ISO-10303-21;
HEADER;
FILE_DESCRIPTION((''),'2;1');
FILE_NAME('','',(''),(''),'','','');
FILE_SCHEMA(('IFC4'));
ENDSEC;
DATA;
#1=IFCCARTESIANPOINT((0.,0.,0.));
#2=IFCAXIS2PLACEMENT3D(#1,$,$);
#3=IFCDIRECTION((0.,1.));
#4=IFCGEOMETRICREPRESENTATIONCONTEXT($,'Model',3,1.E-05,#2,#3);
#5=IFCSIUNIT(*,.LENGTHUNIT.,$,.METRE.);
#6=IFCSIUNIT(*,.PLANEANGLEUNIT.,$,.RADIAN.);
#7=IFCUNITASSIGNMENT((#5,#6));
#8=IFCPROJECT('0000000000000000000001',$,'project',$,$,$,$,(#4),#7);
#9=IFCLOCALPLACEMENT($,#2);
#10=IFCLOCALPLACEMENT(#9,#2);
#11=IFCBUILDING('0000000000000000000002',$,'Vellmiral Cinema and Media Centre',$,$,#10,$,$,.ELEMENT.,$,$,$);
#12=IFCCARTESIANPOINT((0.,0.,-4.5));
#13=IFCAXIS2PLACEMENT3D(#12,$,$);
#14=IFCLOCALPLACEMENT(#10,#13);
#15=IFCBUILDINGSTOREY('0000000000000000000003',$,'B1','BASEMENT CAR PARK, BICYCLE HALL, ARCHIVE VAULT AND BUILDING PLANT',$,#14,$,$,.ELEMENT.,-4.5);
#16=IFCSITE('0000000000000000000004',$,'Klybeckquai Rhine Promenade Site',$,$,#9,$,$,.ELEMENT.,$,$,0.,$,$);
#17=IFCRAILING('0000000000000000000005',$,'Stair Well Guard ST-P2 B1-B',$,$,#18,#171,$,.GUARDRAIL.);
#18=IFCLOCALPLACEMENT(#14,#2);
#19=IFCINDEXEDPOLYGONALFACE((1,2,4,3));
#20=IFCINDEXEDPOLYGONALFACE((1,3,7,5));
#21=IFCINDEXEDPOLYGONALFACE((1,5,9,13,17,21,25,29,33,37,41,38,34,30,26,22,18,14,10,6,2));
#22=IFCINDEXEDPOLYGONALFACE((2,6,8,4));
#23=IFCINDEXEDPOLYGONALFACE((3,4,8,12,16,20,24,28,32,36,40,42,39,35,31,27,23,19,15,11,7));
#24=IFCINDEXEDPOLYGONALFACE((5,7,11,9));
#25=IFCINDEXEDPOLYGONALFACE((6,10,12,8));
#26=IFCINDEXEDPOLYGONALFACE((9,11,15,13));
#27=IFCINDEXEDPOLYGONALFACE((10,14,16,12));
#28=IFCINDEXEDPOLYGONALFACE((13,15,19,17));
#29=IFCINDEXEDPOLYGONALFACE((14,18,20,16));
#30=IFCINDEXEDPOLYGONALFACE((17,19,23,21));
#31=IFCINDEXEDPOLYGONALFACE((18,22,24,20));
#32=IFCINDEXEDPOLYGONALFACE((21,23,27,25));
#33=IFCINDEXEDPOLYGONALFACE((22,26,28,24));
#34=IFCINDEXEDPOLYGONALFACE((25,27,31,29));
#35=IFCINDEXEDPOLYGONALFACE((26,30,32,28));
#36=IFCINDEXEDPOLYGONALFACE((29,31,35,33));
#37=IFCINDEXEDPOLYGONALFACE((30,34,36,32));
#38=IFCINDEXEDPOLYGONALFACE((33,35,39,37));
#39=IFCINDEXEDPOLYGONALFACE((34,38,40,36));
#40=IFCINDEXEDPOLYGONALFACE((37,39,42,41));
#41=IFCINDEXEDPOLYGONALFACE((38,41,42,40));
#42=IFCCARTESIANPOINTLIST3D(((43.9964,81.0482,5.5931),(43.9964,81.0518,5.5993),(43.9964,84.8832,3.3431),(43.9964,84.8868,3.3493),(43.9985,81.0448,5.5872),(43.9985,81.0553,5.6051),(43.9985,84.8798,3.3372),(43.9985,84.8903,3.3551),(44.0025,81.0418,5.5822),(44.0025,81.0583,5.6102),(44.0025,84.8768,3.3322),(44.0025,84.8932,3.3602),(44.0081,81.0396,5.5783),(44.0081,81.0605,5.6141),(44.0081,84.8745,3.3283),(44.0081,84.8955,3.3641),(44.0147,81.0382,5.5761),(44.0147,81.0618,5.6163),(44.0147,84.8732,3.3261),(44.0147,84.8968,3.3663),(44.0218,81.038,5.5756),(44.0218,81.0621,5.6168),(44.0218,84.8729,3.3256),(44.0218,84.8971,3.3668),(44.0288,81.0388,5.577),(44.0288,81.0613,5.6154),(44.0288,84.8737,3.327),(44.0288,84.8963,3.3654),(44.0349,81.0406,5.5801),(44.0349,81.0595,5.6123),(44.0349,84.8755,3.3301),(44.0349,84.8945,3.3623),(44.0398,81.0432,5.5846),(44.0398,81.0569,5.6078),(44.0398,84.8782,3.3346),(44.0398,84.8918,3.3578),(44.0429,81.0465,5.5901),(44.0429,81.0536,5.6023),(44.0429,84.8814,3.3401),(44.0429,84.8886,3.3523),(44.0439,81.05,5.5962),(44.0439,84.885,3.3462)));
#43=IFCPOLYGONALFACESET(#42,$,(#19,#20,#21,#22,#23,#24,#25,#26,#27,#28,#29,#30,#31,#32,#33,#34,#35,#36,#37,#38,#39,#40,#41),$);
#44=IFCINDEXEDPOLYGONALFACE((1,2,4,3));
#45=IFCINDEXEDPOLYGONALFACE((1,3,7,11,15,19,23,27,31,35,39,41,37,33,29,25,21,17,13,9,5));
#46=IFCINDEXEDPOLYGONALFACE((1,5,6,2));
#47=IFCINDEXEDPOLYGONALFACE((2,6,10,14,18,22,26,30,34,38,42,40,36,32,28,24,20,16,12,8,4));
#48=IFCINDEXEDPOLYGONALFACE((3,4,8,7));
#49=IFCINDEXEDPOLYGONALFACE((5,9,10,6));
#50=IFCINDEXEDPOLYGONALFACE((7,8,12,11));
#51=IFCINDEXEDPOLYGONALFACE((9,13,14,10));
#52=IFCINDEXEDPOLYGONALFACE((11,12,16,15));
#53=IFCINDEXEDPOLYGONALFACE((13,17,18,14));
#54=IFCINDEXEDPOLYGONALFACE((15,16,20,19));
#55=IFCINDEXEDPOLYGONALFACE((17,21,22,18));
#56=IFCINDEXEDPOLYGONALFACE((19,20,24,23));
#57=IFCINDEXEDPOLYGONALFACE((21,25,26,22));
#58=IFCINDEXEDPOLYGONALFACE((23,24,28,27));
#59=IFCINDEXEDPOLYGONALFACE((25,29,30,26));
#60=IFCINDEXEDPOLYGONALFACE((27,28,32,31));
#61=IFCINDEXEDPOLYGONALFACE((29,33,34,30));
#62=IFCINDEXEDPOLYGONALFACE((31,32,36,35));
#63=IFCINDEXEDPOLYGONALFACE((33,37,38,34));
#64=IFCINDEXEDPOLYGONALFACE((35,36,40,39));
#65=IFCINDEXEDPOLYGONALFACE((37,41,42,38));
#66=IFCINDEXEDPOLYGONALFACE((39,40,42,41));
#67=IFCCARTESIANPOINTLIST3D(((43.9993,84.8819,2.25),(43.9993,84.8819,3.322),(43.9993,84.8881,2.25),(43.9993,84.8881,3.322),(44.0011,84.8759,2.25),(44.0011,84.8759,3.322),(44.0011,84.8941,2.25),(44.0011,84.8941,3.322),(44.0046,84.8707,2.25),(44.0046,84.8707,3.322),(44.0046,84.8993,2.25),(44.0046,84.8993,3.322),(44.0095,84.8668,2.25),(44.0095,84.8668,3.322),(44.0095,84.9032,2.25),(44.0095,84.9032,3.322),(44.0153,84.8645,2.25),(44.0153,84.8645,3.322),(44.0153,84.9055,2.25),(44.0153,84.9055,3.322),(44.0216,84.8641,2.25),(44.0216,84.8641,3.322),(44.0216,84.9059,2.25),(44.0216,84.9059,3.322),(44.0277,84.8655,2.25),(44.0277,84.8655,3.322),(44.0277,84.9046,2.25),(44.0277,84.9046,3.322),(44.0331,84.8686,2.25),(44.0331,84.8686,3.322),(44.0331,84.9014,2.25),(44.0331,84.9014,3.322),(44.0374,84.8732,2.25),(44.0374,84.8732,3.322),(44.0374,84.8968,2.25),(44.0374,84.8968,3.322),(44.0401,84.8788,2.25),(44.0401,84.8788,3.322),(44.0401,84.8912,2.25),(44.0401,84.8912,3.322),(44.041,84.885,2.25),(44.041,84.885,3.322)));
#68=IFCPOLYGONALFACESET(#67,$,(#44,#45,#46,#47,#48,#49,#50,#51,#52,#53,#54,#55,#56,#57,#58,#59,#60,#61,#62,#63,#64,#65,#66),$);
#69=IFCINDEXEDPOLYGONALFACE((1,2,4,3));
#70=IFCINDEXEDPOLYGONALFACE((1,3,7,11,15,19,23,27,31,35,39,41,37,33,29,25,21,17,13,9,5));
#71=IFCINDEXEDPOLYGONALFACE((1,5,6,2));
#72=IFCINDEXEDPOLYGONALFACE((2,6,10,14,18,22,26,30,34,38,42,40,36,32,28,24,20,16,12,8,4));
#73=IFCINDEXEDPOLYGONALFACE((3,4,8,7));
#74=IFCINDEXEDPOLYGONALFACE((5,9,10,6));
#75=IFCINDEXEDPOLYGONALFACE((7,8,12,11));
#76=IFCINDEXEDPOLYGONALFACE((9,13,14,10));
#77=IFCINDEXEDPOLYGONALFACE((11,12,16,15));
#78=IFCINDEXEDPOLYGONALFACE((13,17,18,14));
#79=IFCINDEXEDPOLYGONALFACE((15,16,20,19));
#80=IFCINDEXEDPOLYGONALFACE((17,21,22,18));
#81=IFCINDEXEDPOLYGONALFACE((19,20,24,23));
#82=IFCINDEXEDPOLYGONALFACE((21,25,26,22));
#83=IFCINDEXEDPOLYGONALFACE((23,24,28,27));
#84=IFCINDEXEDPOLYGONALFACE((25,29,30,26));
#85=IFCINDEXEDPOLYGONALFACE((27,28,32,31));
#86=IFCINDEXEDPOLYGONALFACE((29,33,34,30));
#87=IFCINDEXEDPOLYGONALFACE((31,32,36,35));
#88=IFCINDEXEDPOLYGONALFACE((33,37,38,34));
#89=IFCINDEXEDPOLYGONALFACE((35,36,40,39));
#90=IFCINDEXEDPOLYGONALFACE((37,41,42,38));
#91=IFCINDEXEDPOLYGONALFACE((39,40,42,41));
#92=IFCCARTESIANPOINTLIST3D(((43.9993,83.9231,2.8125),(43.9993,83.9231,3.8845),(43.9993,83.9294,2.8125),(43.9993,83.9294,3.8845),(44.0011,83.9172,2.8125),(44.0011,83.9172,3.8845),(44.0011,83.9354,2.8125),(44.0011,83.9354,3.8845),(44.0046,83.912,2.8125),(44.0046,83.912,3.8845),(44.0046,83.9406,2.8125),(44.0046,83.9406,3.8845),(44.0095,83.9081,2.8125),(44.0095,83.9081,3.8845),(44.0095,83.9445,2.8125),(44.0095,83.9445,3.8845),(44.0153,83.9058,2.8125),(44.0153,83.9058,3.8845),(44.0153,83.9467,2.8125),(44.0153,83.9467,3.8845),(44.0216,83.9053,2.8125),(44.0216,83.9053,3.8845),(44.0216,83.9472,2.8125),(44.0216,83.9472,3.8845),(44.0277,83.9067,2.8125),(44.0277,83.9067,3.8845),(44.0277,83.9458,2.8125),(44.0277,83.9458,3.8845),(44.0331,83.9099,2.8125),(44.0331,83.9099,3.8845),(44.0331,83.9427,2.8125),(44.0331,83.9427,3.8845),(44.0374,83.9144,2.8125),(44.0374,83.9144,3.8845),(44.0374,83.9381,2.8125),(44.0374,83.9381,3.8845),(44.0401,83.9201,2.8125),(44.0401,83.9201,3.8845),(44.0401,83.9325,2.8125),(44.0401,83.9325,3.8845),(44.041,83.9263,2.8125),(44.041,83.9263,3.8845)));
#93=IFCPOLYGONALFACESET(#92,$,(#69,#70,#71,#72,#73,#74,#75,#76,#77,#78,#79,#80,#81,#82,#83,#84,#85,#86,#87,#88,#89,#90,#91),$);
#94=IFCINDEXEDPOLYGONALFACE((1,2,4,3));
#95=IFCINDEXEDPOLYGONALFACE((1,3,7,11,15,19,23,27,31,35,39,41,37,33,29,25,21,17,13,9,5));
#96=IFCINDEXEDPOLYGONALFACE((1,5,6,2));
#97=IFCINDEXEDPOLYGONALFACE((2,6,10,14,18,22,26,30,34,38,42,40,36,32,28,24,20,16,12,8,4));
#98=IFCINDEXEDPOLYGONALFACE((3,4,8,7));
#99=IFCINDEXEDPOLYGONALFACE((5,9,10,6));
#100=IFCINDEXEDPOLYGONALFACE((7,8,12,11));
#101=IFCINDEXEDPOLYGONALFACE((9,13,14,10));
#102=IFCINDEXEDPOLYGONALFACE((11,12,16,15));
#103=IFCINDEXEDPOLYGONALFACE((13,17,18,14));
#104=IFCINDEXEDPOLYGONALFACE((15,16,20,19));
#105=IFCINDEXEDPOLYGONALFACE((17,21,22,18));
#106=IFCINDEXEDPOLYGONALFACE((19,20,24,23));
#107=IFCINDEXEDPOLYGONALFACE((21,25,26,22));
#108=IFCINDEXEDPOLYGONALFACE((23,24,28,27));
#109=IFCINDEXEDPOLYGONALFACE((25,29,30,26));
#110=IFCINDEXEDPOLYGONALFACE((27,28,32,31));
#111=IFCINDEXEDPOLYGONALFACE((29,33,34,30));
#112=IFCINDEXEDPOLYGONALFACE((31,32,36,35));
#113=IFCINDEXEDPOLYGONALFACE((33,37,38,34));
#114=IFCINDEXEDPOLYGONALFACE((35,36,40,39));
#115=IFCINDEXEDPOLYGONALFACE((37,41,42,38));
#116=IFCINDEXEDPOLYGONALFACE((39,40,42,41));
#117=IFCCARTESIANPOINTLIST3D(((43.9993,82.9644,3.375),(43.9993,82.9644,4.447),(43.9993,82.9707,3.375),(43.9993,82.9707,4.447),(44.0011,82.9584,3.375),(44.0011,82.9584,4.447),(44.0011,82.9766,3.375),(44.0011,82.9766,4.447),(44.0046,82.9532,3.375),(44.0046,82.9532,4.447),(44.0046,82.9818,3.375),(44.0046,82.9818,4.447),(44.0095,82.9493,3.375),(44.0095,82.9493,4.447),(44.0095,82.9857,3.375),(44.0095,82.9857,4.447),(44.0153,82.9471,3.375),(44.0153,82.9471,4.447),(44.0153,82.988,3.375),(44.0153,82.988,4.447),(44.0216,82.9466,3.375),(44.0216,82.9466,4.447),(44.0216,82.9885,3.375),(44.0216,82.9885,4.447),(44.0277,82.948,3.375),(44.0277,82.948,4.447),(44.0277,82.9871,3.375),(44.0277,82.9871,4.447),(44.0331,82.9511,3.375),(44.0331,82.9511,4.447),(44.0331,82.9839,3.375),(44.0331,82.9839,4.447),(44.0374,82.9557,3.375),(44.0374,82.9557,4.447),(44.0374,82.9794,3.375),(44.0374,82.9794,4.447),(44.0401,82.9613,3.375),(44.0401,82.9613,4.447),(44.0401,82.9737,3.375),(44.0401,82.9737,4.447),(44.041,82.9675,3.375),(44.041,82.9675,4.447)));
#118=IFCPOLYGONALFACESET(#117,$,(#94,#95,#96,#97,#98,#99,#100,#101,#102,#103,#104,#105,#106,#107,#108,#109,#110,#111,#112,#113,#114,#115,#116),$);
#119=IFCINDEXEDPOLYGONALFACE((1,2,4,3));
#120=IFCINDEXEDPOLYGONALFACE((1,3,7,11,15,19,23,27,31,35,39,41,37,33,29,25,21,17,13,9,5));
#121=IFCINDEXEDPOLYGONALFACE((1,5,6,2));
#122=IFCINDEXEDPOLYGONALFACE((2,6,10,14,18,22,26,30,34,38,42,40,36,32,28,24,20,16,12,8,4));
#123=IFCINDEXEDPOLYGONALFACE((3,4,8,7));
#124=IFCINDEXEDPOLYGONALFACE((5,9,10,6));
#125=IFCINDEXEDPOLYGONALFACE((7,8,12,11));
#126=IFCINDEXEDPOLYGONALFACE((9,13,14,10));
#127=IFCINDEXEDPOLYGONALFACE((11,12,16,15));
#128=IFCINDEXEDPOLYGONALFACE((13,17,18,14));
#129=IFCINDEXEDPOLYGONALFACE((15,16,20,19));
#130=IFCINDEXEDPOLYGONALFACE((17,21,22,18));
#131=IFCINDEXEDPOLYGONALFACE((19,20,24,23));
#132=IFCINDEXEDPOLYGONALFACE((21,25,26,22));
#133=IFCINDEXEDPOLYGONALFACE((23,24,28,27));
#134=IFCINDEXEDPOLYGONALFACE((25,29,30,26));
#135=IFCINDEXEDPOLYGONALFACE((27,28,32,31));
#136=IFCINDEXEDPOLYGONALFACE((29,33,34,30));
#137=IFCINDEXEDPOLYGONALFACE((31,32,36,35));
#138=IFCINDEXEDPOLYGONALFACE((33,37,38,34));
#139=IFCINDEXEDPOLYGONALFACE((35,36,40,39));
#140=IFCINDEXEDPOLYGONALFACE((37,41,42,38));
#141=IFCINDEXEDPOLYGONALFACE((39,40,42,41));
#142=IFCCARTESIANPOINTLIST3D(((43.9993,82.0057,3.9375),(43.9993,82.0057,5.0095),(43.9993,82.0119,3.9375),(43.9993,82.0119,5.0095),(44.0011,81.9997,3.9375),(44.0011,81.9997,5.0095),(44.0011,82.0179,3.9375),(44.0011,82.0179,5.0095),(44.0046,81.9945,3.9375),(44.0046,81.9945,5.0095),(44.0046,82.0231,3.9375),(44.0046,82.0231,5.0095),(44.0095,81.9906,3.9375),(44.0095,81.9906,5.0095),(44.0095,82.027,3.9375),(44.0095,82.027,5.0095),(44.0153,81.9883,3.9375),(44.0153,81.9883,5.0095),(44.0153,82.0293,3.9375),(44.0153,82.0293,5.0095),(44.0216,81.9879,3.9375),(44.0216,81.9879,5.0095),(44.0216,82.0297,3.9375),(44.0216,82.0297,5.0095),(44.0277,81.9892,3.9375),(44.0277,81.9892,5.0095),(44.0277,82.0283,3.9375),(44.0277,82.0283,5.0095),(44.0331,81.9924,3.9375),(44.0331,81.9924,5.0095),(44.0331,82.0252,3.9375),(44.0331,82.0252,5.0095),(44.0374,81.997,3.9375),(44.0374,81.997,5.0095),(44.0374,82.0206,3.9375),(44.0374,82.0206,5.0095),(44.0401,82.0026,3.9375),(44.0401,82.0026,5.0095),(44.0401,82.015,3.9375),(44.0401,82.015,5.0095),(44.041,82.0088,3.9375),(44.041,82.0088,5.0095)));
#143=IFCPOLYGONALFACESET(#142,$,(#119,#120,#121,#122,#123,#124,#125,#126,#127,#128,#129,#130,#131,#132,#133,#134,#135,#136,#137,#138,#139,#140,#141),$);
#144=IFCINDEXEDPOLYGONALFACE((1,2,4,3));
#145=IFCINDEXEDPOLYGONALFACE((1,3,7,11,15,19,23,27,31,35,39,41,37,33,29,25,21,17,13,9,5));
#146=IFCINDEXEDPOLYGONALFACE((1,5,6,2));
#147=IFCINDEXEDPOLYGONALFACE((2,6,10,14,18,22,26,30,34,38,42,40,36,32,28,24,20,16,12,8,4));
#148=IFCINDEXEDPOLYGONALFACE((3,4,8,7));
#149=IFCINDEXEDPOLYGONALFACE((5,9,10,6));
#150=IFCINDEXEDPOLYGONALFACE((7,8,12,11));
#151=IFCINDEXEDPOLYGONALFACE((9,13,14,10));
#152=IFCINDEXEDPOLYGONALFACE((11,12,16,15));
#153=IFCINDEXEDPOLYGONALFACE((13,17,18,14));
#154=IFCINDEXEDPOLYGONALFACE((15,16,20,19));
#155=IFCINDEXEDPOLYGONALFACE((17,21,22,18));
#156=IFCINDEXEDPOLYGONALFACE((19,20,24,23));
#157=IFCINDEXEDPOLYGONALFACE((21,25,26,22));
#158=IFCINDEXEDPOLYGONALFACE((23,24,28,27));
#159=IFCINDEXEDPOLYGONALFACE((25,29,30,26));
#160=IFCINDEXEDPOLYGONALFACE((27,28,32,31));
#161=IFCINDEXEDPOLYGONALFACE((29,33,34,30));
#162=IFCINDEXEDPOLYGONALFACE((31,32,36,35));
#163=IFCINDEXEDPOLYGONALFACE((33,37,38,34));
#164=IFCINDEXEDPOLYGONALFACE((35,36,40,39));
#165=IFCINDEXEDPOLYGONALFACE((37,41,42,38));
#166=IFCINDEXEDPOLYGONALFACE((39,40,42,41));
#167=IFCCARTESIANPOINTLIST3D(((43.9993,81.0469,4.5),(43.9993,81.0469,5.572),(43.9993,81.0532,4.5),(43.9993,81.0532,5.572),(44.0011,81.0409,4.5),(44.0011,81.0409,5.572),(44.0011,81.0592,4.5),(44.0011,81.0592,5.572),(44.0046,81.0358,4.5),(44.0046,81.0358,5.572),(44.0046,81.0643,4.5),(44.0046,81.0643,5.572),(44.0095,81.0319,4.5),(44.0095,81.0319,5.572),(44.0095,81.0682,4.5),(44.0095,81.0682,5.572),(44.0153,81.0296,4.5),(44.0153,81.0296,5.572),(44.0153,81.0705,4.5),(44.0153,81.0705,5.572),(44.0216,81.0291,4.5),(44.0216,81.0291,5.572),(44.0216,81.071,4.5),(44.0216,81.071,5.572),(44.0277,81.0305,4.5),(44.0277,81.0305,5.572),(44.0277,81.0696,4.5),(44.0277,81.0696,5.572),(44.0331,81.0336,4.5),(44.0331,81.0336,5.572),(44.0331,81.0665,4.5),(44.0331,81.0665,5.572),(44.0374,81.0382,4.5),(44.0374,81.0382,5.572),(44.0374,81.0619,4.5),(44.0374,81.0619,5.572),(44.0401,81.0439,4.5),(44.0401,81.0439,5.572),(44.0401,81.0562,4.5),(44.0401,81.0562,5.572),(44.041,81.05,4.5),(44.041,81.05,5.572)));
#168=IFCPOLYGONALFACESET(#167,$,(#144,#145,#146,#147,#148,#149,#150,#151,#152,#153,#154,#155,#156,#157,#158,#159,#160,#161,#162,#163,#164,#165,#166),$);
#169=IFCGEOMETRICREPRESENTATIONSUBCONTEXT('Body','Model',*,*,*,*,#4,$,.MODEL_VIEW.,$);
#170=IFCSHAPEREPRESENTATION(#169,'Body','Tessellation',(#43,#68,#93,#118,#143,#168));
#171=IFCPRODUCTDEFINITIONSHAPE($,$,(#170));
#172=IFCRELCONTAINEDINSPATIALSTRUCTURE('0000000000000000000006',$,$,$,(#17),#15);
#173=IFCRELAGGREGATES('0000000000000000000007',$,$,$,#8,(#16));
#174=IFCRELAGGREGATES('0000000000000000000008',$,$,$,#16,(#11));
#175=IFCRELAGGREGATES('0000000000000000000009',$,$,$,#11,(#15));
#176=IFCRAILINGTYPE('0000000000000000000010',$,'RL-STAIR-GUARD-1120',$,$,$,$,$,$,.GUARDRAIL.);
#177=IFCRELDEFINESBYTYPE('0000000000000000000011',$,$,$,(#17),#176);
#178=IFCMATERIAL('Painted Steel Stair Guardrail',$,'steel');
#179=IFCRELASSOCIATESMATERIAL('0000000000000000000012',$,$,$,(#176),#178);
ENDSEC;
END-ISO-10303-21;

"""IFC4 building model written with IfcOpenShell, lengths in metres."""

from ifc_helpers import new_model, si_unit, direction, frame, origin, origin_2d, place, context, subcontext, project, spatial, circle, extrude, material, type_object, element, save


model = new_model("IFC4")

# Units and contexts
model_context = context("Model", 3, precision=1e-05, world=origin(), true_north=direction((0.0, 1.0)))
body_context = subcontext(model_context, "Body", "Model", "MODEL_VIEW")
ifc_project = project(units=[si_unit("LENGTHUNIT", "METRE"), si_unit("PLANEANGLEUNIT", "RADIAN")], contexts=[model_context])

# Site, building, storey
site_placement = place(None, origin())
site = spatial("IfcSite", under=ifc_project, at=site_placement, Name="Klybeckquai Rhine Promenade Site", CompositionType="ELEMENT", RefElevation=0.0)
building_placement = place(site_placement, origin())
building = spatial("IfcBuilding", under=site, at=building_placement, Name="Vellmiral Cinema and Media Centre", CompositionType="ELEMENT")
storey_placement = place(building_placement, frame((0.0, 0.0, -4.5)))
storey = spatial("IfcBuildingStorey", under=building, at=storey_placement, Name="B1", Description="BASEMENT CAR PARK, BICYCLE HALL, ARCHIVE VAULT AND BUILDING PLANT", CompositionType="ELEMENT", Elevation=-4.5)

# Railing
ifc_material_1 = material(Name="Painted Steel Stair Guardrail", Category="steel")
railing_type_1 = type_object("IfcRailingType", Name="RL-STAIR-GUARD-1120", PredefinedType="GUARDRAIL", material=ifc_material_1)
railing_1_placement = place(storey_placement, frame((44.02, 84.885, 2.25)))
element("IfcRailing", 1, at=railing_1_placement, inside=storey, type_object=railing_type_1, Name="Stair Well Guard ST-P2 B1-B", PredefinedType="GUARDRAIL", context=body_context, shape_type="SweptSolid", body=[
    extrude(circle(Radius=0.0239, at=origin_2d()), frame((0.0, 0.0, 1.0962), z_axis=(0.0, -0.86251, 0.506041), x_axis=(1.0, 0.0, 0.0)), (0.0, 0.0, 1.0), 4.4463),
    extrude(circle(Radius=0.021, at=origin_2d()), origin(), (0.0, 0.0, 1.0), 1.072),
    extrude(circle(Radius=0.021, at=origin_2d()), frame((0.0, -0.9587, 0.5625)), (0.0, 0.0, 1.0), 1.072),
    extrude(circle(Radius=0.021, at=origin_2d()), frame((0.0, -1.9175, 1.125)), (0.0, 0.0, 1.0), 1.072),
    extrude(circle(Radius=0.021, at=origin_2d()), frame((0.0, -2.8762, 1.6875)), (0.0, 0.0, 1.0), 1.072),
    extrude(circle(Radius=0.021, at=origin_2d()), frame((0.0, -3.835, 2.25)), (0.0, 0.0, 1.0), 1.072),
])

save(model, "model.ifc")
